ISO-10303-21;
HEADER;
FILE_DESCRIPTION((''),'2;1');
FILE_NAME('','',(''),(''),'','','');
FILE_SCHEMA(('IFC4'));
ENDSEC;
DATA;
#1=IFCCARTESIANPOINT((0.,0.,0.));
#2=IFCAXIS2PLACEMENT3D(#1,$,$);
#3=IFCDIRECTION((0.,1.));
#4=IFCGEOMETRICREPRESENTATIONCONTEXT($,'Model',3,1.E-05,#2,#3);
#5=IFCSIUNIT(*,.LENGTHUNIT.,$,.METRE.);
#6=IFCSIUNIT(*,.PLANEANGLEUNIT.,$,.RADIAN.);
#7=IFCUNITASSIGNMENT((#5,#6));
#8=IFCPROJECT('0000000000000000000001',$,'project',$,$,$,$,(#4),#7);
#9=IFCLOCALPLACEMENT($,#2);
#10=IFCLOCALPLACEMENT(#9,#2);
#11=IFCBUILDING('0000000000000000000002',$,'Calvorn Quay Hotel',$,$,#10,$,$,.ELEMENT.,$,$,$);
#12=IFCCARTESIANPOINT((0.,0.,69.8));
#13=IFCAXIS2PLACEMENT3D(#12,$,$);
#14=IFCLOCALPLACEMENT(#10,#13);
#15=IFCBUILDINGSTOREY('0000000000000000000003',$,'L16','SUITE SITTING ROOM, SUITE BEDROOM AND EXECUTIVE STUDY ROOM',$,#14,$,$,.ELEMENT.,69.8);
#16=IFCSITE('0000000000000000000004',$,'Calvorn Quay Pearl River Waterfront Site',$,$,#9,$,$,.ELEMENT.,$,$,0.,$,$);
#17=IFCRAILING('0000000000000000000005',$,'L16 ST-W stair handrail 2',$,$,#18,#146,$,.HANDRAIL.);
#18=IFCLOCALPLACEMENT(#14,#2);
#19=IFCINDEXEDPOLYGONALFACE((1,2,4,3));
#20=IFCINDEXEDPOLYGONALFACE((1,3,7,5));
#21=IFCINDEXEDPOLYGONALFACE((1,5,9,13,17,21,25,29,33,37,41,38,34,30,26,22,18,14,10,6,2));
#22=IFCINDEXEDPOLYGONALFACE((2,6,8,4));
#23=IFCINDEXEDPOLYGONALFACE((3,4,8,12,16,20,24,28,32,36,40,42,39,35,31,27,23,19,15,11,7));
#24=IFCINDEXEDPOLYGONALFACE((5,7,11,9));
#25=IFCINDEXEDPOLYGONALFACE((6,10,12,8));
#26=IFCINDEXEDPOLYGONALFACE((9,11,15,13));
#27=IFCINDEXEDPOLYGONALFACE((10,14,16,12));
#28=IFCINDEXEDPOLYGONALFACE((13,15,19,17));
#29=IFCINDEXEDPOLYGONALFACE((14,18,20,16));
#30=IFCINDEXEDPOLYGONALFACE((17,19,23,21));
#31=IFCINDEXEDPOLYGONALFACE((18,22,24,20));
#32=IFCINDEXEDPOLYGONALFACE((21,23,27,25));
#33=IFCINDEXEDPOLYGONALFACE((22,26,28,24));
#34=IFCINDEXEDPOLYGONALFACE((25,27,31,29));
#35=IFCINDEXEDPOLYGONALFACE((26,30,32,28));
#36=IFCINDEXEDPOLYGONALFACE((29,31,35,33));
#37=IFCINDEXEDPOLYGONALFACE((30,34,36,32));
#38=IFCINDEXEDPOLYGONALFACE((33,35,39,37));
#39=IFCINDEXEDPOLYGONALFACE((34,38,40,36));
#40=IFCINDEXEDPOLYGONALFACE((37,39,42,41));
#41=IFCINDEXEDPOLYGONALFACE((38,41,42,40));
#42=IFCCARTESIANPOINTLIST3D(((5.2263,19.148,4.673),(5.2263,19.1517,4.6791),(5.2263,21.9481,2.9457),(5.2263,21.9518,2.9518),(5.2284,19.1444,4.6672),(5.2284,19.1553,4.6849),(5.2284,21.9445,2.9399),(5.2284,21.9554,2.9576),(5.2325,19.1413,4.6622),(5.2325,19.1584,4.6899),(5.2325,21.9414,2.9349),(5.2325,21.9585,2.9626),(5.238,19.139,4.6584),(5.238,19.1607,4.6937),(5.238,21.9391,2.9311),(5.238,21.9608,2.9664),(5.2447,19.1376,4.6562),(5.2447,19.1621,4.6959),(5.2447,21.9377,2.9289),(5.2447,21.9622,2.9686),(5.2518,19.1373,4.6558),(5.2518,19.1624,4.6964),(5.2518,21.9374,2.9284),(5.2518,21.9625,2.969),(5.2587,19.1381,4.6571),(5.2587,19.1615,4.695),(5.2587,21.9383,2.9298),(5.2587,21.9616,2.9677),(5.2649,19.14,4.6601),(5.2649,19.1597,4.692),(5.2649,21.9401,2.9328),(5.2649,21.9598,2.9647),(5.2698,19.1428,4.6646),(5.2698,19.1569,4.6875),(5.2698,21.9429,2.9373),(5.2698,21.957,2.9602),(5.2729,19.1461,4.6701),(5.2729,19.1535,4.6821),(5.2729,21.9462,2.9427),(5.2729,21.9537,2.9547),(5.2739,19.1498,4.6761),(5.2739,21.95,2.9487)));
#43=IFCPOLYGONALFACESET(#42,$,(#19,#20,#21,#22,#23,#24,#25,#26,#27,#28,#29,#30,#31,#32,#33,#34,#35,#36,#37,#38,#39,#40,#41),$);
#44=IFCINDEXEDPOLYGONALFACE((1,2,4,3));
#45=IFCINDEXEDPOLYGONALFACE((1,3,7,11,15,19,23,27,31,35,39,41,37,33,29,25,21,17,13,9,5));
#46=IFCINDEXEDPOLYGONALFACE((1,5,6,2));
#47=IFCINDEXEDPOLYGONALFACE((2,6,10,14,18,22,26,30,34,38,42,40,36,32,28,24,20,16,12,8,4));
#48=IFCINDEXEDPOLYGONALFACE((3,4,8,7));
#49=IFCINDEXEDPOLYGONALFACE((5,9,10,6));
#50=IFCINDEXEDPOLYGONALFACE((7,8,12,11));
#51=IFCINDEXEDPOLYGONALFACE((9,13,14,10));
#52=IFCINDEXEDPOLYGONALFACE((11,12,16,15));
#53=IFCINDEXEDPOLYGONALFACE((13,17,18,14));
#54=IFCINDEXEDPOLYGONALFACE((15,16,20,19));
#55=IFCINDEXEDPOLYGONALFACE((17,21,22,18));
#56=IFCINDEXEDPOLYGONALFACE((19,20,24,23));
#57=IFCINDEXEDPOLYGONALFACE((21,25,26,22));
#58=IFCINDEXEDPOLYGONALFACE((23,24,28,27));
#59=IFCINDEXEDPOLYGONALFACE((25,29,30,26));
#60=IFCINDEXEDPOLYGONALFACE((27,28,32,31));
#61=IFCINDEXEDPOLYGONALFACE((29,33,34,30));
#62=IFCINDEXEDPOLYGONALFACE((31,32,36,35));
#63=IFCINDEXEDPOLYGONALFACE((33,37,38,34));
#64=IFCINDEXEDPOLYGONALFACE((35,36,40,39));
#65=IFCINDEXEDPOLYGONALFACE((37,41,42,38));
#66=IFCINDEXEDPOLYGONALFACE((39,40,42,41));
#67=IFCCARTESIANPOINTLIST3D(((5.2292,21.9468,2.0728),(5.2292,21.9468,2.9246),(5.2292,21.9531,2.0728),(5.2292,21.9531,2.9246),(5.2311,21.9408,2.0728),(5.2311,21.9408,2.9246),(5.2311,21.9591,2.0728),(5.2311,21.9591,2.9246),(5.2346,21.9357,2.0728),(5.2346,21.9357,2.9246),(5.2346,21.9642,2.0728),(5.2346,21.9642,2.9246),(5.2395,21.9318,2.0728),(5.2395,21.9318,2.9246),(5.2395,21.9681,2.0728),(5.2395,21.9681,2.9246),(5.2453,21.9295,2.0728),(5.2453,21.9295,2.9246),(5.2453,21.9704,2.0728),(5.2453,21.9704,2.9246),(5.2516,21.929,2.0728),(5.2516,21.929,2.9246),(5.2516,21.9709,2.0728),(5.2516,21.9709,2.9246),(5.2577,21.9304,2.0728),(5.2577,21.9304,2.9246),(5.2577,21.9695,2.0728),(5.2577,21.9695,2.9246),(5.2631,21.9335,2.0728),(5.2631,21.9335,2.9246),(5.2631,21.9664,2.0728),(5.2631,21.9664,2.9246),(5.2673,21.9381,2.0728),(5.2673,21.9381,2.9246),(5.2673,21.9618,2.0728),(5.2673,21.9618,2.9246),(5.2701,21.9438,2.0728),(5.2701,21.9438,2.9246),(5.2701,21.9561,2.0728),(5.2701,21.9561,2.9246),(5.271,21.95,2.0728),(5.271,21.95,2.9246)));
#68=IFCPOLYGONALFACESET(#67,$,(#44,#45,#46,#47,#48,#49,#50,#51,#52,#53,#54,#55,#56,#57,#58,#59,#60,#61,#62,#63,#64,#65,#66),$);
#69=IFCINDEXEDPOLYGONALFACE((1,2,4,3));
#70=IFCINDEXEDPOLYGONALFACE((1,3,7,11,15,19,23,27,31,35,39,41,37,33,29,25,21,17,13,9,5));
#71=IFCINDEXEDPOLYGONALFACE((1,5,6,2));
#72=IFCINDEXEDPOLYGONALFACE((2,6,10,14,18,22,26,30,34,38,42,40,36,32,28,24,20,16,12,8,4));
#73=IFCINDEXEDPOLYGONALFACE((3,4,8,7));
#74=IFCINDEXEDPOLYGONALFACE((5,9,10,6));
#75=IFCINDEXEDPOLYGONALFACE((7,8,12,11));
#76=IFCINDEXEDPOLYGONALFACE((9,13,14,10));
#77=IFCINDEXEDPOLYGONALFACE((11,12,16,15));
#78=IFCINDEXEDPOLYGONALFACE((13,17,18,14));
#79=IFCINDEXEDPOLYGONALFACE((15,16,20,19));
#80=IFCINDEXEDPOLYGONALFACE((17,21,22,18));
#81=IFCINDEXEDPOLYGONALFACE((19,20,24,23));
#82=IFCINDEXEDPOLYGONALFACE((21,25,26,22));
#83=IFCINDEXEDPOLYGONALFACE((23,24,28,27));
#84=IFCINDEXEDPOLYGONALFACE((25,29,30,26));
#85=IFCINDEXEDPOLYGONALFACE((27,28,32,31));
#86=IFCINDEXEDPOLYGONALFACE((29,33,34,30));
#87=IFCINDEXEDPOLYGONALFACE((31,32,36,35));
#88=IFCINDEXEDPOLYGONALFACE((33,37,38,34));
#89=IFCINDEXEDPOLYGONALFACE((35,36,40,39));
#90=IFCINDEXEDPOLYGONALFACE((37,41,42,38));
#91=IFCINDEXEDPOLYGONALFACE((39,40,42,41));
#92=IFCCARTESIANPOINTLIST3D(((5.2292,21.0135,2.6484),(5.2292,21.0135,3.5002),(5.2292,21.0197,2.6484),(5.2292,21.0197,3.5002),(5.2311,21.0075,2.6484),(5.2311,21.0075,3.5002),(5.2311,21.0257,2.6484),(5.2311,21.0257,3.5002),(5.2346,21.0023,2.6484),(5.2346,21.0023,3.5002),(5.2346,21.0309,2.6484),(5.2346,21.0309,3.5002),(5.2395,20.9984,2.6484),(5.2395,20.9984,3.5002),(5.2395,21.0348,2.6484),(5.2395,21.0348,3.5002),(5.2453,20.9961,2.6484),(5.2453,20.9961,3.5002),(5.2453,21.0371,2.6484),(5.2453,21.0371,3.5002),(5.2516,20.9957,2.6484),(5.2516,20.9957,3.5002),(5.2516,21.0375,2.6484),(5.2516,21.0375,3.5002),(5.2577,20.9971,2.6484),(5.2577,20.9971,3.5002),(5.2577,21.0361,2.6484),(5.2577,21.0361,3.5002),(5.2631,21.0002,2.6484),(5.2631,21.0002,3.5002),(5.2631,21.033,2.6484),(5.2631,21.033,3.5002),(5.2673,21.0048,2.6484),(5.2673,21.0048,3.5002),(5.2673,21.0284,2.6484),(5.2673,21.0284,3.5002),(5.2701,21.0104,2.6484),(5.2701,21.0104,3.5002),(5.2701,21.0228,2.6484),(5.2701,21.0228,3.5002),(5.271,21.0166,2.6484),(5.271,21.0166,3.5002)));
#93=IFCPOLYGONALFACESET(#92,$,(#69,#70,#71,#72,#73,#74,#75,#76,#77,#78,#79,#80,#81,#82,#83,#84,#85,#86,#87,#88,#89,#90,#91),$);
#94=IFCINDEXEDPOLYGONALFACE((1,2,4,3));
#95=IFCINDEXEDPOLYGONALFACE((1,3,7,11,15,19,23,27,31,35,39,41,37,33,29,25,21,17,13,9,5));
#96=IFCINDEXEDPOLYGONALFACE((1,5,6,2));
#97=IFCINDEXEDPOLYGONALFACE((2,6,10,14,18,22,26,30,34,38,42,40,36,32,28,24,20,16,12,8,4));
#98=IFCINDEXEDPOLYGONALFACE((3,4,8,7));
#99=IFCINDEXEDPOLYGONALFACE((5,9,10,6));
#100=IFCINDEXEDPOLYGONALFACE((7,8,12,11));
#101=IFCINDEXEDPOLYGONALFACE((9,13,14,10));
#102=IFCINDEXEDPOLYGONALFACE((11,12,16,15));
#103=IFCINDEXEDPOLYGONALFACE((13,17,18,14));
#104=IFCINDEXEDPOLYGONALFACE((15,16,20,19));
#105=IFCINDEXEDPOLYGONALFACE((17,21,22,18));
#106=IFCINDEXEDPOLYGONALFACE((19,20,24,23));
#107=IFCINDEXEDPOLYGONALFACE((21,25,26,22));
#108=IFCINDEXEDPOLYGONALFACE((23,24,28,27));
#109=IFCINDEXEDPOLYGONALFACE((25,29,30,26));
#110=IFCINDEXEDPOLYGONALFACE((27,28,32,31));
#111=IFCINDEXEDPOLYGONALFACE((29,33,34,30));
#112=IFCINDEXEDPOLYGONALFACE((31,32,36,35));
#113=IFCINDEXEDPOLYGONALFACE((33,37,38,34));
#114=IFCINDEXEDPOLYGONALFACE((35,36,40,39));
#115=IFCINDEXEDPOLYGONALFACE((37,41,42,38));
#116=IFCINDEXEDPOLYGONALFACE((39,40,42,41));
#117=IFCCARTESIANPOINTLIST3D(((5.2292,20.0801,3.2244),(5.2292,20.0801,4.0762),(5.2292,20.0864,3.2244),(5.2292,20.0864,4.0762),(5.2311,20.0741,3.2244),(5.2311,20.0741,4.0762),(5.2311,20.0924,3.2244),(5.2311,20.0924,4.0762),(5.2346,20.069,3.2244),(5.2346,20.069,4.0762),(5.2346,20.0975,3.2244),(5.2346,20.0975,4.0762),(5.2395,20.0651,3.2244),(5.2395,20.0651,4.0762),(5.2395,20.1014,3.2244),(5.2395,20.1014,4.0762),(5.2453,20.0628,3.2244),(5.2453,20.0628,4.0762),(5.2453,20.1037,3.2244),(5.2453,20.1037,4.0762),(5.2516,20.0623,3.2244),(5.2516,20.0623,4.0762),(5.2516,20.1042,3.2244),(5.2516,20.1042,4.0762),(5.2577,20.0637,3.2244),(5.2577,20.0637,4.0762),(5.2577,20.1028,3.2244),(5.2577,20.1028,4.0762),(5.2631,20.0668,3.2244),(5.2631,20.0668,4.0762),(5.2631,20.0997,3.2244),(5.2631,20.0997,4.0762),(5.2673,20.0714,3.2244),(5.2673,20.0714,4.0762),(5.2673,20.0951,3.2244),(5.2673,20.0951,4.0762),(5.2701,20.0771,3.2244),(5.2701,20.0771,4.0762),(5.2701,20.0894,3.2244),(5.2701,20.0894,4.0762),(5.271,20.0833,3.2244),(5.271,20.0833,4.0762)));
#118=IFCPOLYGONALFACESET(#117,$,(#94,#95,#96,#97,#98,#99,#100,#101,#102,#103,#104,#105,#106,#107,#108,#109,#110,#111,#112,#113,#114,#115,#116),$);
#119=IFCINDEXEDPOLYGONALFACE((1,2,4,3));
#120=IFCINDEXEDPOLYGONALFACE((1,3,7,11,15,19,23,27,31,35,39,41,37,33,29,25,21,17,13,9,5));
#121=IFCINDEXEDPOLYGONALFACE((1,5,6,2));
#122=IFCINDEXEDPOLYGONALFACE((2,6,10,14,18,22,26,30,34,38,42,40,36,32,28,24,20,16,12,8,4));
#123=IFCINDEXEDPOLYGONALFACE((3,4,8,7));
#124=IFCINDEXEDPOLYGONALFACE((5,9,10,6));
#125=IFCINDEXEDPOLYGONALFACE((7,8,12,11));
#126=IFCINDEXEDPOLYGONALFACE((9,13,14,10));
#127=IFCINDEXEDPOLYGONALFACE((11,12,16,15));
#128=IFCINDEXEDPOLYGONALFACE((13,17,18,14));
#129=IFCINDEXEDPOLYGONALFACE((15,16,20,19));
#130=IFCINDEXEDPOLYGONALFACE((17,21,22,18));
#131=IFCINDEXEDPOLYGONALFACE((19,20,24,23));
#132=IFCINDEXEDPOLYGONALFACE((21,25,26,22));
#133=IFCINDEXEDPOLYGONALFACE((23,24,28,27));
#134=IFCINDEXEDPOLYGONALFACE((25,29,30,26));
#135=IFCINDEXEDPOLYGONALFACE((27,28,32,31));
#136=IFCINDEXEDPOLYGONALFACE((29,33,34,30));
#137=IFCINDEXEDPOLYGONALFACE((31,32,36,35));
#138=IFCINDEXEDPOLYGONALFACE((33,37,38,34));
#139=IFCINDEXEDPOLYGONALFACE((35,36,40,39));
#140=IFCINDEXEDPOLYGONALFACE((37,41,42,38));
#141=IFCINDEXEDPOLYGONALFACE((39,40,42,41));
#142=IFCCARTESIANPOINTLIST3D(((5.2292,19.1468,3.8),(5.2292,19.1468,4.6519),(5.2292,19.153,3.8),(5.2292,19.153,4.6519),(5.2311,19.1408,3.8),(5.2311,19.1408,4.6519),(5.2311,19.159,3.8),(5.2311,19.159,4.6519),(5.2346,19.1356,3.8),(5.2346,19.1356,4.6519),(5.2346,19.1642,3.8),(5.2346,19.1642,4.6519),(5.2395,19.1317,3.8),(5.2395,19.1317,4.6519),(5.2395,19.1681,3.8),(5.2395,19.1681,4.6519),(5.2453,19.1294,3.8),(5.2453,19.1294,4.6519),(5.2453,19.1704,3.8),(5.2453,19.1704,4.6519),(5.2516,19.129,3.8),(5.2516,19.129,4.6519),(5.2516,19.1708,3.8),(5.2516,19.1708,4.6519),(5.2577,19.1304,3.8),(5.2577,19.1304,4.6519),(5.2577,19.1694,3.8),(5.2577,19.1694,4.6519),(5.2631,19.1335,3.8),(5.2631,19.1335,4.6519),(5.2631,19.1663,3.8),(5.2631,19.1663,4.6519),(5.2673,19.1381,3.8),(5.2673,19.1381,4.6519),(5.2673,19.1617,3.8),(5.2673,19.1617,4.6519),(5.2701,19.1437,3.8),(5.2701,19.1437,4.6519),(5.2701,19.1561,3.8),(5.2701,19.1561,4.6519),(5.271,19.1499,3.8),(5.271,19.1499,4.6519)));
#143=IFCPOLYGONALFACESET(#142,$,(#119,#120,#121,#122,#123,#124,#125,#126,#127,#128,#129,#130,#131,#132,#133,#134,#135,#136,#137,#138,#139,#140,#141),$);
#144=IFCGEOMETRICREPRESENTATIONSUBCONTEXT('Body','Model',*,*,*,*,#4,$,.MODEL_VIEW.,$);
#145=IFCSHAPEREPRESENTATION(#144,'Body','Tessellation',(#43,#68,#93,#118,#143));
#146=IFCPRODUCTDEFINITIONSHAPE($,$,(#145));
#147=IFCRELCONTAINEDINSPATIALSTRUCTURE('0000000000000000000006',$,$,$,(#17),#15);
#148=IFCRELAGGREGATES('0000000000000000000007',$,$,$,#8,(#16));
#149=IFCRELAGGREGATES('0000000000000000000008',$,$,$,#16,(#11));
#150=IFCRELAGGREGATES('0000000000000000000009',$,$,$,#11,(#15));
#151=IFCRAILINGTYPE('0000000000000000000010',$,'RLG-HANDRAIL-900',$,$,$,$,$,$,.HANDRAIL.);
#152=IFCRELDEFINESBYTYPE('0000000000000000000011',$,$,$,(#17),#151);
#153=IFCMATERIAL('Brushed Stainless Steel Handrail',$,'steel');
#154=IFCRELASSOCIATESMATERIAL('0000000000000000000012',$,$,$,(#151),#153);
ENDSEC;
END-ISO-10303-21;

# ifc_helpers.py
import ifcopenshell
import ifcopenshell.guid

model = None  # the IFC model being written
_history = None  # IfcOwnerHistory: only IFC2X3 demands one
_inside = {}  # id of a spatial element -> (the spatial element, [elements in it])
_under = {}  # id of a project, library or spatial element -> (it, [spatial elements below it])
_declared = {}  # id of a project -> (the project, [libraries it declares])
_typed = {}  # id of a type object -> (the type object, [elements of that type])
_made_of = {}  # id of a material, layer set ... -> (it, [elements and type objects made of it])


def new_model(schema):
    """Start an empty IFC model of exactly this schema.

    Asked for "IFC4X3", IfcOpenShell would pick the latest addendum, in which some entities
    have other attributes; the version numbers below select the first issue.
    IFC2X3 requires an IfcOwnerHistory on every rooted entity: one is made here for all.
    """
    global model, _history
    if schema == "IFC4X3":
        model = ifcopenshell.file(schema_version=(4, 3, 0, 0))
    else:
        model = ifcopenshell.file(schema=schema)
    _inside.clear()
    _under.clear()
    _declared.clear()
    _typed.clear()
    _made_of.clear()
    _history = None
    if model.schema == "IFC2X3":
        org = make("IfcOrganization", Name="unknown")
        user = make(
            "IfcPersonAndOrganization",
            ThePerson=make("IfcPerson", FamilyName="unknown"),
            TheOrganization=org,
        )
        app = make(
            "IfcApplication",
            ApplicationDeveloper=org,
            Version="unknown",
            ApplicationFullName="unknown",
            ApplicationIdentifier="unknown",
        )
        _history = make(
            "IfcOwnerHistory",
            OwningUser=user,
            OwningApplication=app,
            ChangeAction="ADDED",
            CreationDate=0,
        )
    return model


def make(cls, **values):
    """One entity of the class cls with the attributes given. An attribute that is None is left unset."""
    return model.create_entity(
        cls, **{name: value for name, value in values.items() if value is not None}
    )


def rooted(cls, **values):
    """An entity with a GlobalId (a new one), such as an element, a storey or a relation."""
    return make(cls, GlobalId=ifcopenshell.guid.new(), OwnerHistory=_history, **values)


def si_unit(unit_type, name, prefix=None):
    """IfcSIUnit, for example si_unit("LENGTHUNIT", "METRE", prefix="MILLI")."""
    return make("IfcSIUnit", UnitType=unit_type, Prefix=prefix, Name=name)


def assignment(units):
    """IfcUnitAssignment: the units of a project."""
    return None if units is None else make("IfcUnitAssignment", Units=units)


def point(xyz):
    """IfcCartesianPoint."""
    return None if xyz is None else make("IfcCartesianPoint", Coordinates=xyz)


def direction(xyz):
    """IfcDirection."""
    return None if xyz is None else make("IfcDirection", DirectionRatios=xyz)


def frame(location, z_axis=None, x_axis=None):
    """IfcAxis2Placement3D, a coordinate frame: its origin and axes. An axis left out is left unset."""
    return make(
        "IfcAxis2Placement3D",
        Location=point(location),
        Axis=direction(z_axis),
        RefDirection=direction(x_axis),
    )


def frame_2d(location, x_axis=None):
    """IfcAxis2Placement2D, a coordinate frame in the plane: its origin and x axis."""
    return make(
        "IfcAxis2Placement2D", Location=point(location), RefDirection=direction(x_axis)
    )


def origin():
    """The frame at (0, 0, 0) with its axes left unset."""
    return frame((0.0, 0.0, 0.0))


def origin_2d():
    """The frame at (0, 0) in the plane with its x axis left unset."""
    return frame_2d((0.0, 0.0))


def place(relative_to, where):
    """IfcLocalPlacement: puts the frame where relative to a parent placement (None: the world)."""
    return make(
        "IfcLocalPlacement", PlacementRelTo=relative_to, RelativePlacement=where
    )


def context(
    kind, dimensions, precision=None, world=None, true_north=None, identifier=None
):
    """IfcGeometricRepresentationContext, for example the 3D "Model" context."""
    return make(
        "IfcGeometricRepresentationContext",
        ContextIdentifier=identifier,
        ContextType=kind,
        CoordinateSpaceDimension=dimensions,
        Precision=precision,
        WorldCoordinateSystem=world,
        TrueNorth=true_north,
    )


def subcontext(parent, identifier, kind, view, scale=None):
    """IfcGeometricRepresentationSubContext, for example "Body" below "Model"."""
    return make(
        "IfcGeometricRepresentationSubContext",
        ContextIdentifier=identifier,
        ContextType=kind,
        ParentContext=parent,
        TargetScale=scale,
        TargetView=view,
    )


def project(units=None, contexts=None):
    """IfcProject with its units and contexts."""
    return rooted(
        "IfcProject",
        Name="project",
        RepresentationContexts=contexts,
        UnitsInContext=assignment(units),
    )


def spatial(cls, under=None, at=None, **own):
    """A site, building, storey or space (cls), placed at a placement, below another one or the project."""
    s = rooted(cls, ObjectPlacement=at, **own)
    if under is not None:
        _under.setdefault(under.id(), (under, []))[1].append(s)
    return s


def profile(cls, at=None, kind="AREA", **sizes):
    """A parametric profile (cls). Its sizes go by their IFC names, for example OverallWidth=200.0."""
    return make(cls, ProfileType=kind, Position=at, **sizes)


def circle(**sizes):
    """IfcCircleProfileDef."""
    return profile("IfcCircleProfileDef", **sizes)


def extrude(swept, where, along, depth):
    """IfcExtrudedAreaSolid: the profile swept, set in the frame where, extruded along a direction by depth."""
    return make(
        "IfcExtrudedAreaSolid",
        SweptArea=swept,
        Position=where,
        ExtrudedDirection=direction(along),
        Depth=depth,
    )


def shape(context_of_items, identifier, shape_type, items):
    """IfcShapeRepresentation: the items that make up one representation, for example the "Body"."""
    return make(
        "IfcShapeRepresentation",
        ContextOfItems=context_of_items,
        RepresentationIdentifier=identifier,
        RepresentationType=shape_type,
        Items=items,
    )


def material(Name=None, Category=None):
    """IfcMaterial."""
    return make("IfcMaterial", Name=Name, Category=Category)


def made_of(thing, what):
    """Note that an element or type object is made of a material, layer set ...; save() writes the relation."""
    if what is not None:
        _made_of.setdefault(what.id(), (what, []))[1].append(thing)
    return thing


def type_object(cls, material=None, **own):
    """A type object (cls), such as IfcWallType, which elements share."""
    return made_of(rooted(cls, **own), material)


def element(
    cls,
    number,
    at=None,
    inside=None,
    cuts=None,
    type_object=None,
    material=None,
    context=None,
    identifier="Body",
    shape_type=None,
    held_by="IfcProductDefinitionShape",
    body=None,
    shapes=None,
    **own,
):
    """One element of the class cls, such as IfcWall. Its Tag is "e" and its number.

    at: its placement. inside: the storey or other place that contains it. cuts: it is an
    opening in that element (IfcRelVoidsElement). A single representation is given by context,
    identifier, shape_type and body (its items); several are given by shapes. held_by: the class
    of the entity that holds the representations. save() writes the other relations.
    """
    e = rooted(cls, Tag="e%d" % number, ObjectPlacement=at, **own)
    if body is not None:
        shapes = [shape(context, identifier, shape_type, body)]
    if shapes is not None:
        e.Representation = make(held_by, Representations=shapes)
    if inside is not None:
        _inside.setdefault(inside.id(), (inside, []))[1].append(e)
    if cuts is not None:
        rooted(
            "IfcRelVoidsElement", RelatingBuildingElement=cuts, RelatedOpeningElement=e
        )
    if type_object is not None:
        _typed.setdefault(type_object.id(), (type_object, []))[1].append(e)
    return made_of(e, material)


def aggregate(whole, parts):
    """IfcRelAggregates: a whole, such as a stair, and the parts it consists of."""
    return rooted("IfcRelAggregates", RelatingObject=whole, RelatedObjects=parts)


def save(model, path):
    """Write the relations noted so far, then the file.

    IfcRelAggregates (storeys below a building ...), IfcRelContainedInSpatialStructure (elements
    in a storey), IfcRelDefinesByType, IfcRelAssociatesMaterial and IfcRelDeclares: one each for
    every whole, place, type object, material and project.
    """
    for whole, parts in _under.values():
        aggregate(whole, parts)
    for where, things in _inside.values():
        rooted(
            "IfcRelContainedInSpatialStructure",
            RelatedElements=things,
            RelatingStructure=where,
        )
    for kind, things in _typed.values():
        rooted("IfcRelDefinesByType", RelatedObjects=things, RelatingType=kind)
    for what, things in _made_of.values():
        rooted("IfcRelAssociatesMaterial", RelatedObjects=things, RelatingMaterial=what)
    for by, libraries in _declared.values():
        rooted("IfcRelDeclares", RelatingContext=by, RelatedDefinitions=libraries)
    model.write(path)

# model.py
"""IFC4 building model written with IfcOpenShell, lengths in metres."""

from ifc_helpers import new_model, si_unit, direction, frame, origin, origin_2d, place, context, subcontext, project, spatial, circle, extrude, material, type_object, element, save


model = new_model("IFC4")

# Units and contexts
model_context = context("Model", 3, precision=1e-05, world=origin(), true_north=direction((0.0, 1.0)))
body_context = subcontext(model_context, "Body", "Model", "MODEL_VIEW")
ifc_project = project(units=[si_unit("LENGTHUNIT", "METRE"), si_unit("PLANEANGLEUNIT", "RADIAN")], contexts=[model_context])

# Site, building, storey
site_placement = place(None, origin())
site = spatial("IfcSite", under=ifc_project, at=site_placement, Name="Calvorn Quay Pearl River Waterfront Site", CompositionType="ELEMENT", RefElevation=0.0)
building_placement = place(site_placement, origin())
building = spatial("IfcBuilding", under=site, at=building_placement, Name="Calvorn Quay Hotel", CompositionType="ELEMENT")
storey_placement = place(building_placement, frame((0.0, 0.0, 69.8)))
storey = spatial("IfcBuildingStorey", under=building, at=storey_placement, Name="L16", Description="SUITE SITTING ROOM, SUITE BEDROOM AND EXECUTIVE STUDY ROOM", CompositionType="ELEMENT", Elevation=69.8)

# Railing
ifc_material_1 = material(Name="Brushed Stainless Steel Handrail", Category="steel")
railing_type_1 = type_object("IfcRailingType", Name="RLG-HANDRAIL-900", PredefinedType="HANDRAIL", material=ifc_material_1)
railing_1_placement = place(storey_placement, frame((5.25, 21.95, 2.0728)))
element("IfcRailing", 1, at=railing_1_placement, inside=storey, type_object=railing_type_1, Name="L16 ST-W stair handrail 2", PredefinedType="HANDRAIL", context=body_context, shape_type="SweptSolid", body=[
    extrude(circle(Radius=0.0239, at=origin_2d()), frame((0.0, 0.0, 0.876), z_axis=(0.0, -0.85109, 0.52502), x_axis=(1.0, 0.0, 0.0)), (0.0, 0.0, 1.0), 3.29),
    extrude(circle(Radius=0.021, at=origin_2d()), origin(), (0.0, 0.0, 1.0), 0.8518),
    extrude(circle(Radius=0.021, at=origin_2d()), frame((0.0, -0.9333, 0.5757)), (0.0, 0.0, 1.0), 0.8518),
    extrude(circle(Radius=0.021, at=origin_2d()), frame((0.0, -1.8667, 1.1516)), (0.0, 0.0, 1.0), 0.8518),
    extrude(circle(Radius=0.021, at=origin_2d()), frame((0.0, -2.8, 1.7273)), (0.0, 0.0, 1.0), 0.8518),
])

save(model, "model.ifc")
